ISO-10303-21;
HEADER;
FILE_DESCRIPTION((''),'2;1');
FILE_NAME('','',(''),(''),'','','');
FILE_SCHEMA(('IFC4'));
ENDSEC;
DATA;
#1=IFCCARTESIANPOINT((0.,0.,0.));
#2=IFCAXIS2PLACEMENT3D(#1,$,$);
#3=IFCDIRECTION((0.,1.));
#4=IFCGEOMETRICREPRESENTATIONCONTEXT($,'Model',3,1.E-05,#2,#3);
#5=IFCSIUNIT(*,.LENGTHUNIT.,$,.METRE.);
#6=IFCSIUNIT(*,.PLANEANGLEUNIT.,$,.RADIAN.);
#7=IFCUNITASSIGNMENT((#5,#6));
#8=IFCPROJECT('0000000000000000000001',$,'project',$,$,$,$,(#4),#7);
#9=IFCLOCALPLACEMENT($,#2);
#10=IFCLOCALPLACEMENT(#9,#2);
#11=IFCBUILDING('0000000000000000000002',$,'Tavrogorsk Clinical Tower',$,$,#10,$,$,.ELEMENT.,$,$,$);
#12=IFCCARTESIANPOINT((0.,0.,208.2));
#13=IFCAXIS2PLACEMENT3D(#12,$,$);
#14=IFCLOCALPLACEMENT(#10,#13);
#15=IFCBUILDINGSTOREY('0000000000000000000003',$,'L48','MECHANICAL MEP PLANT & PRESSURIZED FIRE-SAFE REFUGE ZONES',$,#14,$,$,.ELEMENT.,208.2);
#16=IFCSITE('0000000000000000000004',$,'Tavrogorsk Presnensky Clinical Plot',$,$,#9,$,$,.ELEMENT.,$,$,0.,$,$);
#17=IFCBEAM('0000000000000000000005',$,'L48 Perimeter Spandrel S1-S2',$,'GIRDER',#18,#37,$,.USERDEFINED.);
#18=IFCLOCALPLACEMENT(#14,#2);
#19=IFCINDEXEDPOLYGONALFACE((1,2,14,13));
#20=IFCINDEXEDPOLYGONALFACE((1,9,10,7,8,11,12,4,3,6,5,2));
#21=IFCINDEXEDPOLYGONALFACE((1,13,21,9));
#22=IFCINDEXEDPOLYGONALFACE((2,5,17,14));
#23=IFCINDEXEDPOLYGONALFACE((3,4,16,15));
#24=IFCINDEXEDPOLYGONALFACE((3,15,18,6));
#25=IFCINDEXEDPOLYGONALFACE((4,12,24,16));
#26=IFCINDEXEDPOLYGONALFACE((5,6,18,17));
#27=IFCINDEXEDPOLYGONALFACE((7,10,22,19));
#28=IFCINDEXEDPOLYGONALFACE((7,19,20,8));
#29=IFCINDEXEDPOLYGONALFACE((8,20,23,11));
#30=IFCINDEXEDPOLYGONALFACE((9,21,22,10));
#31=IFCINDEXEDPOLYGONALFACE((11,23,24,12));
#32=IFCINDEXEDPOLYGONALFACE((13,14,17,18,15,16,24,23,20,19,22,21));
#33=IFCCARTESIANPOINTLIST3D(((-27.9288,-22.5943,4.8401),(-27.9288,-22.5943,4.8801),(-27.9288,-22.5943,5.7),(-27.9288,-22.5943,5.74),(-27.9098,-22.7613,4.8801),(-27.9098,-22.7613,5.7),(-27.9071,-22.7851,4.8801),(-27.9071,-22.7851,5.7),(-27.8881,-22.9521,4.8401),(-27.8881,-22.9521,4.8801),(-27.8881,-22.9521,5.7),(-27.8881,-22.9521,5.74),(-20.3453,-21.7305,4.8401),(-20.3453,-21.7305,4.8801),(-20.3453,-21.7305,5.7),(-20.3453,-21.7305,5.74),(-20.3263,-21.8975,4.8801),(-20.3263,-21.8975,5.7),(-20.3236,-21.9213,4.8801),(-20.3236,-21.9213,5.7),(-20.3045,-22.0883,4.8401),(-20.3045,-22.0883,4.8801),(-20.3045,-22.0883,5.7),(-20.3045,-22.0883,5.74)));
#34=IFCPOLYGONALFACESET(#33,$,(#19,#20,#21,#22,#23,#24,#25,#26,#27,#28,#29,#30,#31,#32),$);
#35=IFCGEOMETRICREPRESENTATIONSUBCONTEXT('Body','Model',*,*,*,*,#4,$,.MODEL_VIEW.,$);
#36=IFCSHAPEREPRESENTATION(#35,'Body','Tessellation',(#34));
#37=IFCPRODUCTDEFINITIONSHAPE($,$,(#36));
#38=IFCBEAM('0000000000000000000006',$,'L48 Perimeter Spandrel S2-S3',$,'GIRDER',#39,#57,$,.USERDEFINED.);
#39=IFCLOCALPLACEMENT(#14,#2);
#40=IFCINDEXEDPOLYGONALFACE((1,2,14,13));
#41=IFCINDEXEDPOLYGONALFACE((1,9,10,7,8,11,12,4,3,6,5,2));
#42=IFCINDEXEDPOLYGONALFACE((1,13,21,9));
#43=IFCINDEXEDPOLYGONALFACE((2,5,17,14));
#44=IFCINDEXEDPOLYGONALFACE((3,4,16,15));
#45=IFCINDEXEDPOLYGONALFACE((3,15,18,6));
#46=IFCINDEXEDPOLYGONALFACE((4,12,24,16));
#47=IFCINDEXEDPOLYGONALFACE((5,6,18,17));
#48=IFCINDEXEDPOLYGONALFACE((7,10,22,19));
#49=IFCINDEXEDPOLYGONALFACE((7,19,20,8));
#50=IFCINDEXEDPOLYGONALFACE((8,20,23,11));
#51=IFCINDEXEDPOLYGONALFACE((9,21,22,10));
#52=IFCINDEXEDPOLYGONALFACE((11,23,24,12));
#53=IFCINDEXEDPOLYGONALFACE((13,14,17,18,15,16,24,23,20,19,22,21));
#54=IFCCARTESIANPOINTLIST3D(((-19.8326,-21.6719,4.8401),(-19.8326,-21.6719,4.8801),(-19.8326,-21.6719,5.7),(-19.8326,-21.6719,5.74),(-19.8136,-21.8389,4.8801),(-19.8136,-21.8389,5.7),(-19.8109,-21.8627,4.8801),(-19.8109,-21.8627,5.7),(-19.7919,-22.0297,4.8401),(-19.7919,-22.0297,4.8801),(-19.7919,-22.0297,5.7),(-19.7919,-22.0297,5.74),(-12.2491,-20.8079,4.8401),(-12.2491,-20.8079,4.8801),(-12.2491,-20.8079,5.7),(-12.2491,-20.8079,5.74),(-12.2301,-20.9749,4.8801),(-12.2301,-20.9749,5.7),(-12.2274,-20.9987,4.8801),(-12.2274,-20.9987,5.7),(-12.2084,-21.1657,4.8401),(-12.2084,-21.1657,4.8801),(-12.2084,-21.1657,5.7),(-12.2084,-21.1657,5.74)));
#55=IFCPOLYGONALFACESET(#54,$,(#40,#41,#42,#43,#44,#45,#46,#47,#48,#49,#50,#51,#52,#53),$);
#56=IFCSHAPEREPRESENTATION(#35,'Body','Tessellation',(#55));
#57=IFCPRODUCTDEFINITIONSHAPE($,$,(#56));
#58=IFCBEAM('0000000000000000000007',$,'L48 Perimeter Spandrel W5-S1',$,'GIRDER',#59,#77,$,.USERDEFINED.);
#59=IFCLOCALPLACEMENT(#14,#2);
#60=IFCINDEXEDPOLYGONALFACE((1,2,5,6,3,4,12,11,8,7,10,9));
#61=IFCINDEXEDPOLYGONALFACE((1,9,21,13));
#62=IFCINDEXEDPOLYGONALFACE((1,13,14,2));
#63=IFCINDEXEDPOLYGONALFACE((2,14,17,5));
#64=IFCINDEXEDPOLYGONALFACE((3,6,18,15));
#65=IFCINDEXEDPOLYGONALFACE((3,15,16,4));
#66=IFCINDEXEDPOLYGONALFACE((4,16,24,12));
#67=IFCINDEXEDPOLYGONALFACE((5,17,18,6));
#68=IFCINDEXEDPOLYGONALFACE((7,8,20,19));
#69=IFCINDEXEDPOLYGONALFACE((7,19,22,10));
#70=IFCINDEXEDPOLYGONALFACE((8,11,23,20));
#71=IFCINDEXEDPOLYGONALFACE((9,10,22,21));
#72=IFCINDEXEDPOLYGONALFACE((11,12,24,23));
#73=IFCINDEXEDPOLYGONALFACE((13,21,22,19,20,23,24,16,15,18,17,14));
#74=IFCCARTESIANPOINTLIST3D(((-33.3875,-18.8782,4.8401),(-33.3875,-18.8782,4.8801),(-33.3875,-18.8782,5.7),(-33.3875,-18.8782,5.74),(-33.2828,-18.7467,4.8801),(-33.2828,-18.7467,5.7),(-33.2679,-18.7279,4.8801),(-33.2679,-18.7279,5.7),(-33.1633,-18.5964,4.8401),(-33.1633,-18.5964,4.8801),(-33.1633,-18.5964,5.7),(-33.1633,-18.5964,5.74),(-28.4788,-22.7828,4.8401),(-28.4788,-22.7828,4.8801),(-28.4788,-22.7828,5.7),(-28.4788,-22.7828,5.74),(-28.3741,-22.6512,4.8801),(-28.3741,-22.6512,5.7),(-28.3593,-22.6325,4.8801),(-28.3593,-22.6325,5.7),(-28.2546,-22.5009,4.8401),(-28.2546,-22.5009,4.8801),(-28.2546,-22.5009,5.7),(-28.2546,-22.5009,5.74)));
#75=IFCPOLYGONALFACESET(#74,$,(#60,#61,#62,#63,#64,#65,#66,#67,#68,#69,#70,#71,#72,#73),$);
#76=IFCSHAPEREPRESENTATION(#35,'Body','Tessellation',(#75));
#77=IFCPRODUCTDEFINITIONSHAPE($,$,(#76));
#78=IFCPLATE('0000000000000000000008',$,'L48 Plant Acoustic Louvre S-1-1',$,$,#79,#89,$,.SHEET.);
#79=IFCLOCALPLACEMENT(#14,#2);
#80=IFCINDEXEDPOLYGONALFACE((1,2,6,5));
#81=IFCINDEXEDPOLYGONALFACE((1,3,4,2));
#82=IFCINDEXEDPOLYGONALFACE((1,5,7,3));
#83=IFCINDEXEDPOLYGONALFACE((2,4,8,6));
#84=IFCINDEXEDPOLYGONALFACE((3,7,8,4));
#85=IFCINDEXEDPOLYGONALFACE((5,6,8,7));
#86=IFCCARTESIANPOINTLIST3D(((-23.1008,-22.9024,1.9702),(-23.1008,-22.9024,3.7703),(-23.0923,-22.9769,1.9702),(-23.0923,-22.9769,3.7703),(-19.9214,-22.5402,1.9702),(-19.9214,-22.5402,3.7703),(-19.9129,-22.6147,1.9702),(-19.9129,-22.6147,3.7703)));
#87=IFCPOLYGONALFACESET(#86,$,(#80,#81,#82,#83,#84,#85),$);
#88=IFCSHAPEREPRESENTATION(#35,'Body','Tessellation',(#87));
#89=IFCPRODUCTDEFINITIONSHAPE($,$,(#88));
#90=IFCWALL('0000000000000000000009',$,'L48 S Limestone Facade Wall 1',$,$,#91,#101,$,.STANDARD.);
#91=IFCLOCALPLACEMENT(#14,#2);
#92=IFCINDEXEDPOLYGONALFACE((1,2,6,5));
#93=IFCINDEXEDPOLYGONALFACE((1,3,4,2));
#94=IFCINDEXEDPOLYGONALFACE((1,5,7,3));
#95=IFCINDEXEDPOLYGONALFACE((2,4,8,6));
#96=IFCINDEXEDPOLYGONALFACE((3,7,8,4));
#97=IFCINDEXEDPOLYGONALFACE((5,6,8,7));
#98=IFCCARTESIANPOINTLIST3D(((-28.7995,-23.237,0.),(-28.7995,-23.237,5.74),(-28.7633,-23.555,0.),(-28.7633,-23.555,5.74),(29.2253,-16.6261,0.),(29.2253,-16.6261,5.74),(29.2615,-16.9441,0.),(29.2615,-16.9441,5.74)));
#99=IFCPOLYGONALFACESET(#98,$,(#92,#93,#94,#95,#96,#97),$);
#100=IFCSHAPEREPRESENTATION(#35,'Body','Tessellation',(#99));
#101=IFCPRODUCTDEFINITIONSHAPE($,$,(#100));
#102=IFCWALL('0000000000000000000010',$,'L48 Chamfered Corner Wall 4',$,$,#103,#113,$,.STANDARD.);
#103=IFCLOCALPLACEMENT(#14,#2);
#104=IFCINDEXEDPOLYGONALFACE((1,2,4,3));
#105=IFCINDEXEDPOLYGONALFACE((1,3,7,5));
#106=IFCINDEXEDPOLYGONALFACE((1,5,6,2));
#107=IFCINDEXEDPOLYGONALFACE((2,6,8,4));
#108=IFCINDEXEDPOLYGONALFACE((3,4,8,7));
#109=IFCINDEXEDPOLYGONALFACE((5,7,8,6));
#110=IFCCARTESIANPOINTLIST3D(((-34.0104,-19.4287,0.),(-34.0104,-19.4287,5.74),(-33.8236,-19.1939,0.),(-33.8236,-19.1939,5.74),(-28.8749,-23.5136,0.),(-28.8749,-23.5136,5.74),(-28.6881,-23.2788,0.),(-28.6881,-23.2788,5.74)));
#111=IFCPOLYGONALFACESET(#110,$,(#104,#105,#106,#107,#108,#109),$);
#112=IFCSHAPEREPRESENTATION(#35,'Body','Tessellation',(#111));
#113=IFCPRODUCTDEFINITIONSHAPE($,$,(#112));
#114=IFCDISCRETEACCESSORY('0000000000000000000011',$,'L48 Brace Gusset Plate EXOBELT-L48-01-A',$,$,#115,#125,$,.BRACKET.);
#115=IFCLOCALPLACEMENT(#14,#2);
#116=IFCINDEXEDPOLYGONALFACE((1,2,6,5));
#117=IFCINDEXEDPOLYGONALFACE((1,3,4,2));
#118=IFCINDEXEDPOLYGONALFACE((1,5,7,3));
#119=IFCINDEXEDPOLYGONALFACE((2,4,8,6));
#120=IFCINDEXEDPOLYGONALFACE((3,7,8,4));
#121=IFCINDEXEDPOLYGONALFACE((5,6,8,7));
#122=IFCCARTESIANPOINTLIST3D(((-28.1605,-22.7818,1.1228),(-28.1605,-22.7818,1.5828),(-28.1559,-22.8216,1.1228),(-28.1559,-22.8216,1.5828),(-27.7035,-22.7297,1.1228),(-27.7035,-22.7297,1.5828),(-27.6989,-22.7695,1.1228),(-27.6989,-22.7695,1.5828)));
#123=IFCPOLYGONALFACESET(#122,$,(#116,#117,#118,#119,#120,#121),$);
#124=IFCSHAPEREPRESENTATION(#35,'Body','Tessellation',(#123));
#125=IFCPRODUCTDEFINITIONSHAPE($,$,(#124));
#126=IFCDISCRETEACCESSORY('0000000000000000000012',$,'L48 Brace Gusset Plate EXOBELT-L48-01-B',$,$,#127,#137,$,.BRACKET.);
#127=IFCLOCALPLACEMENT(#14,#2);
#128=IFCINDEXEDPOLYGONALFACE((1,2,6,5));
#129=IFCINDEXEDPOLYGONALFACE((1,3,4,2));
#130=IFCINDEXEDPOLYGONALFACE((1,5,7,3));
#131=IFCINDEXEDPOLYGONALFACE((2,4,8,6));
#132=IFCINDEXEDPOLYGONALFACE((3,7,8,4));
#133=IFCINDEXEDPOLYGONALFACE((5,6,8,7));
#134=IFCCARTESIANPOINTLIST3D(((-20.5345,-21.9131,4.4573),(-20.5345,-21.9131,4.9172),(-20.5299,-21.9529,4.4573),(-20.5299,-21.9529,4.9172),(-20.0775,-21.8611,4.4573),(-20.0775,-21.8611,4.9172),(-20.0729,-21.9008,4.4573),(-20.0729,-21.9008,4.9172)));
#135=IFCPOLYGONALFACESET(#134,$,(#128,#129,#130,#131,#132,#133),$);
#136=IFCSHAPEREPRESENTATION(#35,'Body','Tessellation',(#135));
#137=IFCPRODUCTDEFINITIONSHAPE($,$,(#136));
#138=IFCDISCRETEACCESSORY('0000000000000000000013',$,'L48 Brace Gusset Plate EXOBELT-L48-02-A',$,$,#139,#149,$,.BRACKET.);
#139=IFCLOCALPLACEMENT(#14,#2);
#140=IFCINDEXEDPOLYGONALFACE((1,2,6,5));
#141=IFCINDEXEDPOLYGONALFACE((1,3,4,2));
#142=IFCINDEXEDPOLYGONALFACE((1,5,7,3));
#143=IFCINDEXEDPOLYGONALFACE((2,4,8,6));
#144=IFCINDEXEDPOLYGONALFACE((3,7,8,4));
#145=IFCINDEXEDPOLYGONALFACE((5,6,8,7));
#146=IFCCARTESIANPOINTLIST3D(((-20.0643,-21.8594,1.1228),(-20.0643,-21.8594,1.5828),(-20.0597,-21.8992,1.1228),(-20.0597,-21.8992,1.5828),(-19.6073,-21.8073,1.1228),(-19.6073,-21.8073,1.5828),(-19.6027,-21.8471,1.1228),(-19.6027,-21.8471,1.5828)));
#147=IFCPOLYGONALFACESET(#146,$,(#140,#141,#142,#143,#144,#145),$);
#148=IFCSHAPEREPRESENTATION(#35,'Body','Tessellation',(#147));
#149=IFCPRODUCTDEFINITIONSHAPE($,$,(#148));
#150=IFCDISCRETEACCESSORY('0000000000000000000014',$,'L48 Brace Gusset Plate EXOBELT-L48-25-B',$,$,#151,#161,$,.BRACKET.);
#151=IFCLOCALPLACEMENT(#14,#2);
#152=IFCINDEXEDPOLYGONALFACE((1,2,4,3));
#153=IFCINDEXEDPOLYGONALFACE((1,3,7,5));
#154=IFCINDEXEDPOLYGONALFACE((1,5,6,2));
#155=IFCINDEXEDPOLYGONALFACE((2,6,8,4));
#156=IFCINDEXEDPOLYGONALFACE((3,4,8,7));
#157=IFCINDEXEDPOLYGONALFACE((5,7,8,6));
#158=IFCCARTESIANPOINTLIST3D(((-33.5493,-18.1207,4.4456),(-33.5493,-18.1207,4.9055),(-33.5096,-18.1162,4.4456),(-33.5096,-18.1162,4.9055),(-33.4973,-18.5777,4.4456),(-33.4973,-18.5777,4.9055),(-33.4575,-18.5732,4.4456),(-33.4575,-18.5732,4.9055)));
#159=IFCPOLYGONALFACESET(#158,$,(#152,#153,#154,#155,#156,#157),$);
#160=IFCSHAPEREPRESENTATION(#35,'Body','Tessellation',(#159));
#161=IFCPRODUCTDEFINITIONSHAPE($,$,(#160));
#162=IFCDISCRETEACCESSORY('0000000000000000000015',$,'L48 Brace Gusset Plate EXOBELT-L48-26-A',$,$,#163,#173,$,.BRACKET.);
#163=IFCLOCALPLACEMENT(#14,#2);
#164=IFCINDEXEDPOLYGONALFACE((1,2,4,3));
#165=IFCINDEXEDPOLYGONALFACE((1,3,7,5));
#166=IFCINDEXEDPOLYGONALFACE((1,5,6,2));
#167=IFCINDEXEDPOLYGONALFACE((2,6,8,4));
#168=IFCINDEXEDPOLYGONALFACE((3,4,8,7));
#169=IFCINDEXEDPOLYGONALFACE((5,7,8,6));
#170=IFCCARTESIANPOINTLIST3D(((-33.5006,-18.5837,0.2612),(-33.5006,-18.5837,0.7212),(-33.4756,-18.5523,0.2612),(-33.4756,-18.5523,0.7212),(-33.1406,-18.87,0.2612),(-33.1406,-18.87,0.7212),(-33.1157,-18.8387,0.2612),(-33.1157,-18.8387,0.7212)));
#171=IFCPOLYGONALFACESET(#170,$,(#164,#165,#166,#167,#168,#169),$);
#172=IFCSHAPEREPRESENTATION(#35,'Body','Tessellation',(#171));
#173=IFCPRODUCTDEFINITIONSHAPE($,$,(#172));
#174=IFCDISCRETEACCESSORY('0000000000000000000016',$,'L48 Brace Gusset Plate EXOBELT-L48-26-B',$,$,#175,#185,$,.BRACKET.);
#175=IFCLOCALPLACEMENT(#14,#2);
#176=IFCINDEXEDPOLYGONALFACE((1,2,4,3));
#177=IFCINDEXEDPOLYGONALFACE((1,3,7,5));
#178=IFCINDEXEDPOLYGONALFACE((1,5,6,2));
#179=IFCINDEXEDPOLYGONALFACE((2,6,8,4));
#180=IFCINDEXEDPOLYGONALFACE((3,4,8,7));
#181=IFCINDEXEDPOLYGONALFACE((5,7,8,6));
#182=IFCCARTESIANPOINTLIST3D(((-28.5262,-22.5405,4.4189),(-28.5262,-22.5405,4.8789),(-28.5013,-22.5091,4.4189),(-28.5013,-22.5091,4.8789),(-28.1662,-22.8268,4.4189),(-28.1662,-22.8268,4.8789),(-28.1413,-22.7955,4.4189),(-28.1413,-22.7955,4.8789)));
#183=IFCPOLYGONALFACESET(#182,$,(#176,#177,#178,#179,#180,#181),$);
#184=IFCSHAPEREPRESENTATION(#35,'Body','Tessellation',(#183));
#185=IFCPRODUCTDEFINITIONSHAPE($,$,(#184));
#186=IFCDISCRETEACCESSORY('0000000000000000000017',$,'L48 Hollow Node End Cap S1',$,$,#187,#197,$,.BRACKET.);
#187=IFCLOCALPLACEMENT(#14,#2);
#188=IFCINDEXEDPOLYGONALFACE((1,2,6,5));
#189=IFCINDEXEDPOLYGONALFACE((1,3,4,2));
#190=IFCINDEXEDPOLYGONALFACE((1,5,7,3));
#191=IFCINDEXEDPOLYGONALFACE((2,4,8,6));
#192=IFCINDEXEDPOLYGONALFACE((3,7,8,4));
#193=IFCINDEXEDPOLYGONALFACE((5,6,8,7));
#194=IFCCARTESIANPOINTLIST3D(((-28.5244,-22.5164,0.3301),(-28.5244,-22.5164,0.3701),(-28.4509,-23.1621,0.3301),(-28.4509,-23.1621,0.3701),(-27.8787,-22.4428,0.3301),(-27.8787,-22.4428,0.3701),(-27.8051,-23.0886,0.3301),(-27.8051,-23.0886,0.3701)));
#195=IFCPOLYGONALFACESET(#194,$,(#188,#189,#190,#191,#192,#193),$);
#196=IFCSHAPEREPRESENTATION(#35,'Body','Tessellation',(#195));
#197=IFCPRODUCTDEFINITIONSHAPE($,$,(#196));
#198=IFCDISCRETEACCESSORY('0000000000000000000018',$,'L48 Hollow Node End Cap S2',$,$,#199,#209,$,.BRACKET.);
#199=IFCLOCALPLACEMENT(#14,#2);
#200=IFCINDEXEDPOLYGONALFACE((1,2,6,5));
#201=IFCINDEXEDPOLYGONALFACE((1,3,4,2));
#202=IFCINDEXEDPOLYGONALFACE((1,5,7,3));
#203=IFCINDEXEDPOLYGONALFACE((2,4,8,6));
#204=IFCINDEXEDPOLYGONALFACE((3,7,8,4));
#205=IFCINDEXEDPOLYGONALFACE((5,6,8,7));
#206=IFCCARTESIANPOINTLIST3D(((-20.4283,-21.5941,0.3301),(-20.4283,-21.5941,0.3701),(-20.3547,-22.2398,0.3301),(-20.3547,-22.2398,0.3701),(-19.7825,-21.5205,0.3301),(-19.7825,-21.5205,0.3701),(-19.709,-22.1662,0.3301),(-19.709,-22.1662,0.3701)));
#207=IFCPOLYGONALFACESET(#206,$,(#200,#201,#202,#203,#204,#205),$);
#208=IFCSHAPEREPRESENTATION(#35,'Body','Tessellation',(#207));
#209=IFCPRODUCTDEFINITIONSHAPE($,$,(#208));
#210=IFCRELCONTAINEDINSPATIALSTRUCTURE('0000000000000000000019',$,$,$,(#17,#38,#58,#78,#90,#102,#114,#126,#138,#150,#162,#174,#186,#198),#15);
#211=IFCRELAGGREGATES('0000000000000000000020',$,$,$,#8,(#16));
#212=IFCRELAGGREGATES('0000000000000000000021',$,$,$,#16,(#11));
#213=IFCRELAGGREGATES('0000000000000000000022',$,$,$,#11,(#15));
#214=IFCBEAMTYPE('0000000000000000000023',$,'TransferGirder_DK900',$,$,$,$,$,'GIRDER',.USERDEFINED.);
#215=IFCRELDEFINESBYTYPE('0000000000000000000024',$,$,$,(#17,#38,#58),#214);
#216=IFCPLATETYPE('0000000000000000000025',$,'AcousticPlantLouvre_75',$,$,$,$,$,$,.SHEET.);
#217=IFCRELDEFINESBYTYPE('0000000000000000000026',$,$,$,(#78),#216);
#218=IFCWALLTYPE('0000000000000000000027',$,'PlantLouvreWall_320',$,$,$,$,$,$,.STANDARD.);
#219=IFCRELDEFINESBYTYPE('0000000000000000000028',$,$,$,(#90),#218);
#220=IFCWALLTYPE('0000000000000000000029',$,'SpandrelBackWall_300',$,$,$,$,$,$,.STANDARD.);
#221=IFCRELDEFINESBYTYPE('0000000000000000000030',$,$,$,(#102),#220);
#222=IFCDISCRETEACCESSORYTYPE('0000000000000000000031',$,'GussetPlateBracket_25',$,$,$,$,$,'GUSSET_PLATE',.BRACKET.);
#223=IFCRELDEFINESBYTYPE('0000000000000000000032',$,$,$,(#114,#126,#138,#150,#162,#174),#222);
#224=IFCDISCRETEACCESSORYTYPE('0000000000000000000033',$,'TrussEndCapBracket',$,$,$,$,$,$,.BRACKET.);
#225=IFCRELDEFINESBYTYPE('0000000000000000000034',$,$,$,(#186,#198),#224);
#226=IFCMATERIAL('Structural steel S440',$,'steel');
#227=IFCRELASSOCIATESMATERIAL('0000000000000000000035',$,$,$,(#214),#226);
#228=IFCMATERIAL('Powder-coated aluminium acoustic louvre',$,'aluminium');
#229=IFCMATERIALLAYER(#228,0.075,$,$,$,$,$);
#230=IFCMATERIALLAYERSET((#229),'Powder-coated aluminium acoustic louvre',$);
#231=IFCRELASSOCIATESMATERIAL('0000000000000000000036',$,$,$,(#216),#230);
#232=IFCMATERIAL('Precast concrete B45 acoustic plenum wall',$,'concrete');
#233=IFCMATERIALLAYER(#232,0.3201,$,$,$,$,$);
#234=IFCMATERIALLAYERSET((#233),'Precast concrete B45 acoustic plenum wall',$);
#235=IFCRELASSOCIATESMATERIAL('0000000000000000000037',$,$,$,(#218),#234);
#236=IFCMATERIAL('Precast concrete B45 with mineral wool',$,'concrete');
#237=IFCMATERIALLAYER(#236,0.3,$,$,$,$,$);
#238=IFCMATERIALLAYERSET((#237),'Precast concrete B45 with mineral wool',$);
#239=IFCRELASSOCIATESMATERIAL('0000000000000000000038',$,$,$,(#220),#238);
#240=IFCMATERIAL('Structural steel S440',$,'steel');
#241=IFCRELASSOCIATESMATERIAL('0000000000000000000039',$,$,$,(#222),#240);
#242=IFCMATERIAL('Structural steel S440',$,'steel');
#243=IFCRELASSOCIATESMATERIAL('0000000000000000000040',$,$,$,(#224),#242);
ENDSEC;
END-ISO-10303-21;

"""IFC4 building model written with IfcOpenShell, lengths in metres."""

from ifc_helpers import new_model, si_unit, direction, frame, frame_2d, origin, origin_2d, place, context, subcontext, project, spatial, rectangle, i_section, extrude, material, layer, layer_set, material_profile, profile_set, type_object, element, save


model = new_model("IFC4")

# Units and contexts
model_context = context("Model", 3, precision=1e-05, world=origin(), true_north=direction((0.0, 1.0)))
body_context = subcontext(model_context, "Body", "Model", "MODEL_VIEW")
ifc_project = project(units=[si_unit("LENGTHUNIT", "METRE"), si_unit("PLANEANGLEUNIT", "RADIAN")], contexts=[model_context])

# Site, building, storey
site_placement = place(None, origin())
site = spatial("IfcSite", under=ifc_project, at=site_placement, Name="Tavrogorsk Presnensky Clinical Plot", CompositionType="ELEMENT", RefElevation=0.0)
building_placement = place(site_placement, origin())
building = spatial("IfcBuilding", under=site, at=building_placement, Name="Tavrogorsk Clinical Tower", CompositionType="ELEMENT")
storey_placement = place(building_placement, frame((0.0, 0.0, 208.2)))
storey = spatial("IfcBuildingStorey", under=building, at=storey_placement, Name="L48", Description="MECHANICAL MEP PLANT & PRESSURIZED FIRE-SAFE REFUGE ZONES", CompositionType="ELEMENT", Elevation=208.2)

# Beams
ifc_material_1 = material(Name="Structural steel S440", Category="steel")
ifc_material_profile_1 = material_profile(ifc_material_1, i_section(OverallWidth=0.3601, OverallDepth=0.8999, WebThickness=0.0239, FlangeThickness=0.04, at=origin_2d()), Name="DK-900x360x24x40")
ifc_profile_set_1 = profile_set([ifc_material_profile_1], Name="Structural steel S440")
beam_type_1 = type_object("IfcBeamType", Name="TransferGirder_DK900", ElementType="GIRDER", PredefinedType="USERDEFINED", material=ifc_profile_set_1)
for number, where, z_axis, x_axis, name in (
    (1, (-27.9084, -22.7732, 5.29), (0.993576, 0.113169, 0.0), (-0.113169, 0.993576, 0.0), "L48 Perimeter Spandrel S1-S2"),
    (2, (-19.8123, -21.8508, 5.29), (0.993572, 0.113201, 0.0), (-0.113201, 0.993572, 0.0), "L48 Perimeter Spandrel S2-S3"),
):
    element("IfcBeam", number, at=place(storey_placement, frame(where, z_axis=z_axis, x_axis=x_axis)), inside=storey, type_object=beam_type_1, Name=name, ObjectType="GIRDER", PredefinedType="USERDEFINED", context=body_context, shape_type="SweptSolid", body=[
        extrude(i_section(OverallWidth=0.3601, OverallDepth=0.8999, WebThickness=0.0239, FlangeThickness=0.04, at=origin_2d()), origin(), (0.0, 0.0, 1.0), 7.6326),
    ])
beam_1_placement = place(storey_placement, frame((-33.2754, -18.7373, 5.29), z_axis=(0.782609, -0.622514, 0.0), x_axis=(0.622514, 0.782609, 0.0)))
element("IfcBeam", 3, at=beam_1_placement, inside=storey, type_object=beam_type_1, Name="L48 Perimeter Spandrel W5-S1", ObjectType="GIRDER", PredefinedType="USERDEFINED", context=body_context, shape_type="SweptSolid", body=[
    extrude(i_section(OverallWidth=0.3601, OverallDepth=0.8999, WebThickness=0.0239, FlangeThickness=0.04, at=origin_2d()), origin(), (0.0, 0.0, 1.0), 6.2722),
])

# Plate
ifc_material_2 = material(Name="Powder-coated aluminium acoustic louvre", Category="aluminium")
ifc_layer_1 = layer(ifc_material_2, 0.075)
ifc_layer_set_1 = layer_set([ifc_layer_1], Name="Powder-coated aluminium acoustic louvre")
plate_type = type_object("IfcPlateType", Name="AcousticPlantLouvre_75", PredefinedType="SHEET", material=ifc_layer_set_1)
plate_placement = place(storey_placement, frame((-21.5068, -22.7585, 1.9702), z_axis=(0.0, 0.0, 1.0), x_axis=(0.993572, 0.113202, 0.0)))
element("IfcPlate", 4, at=plate_placement, inside=storey, type_object=plate_type, Name="L48 Plant Acoustic Louvre S-1-1", PredefinedType="SHEET", context=body_context, shape_type="SweptSolid", body=[
    extrude(rectangle(XDim=3.2, YDim=0.075, at=origin_2d()), origin(), (0.0, 0.0, 1.0), 1.8),
])

# Walls
ifc_material_3 = material(Name="Precast concrete B45 acoustic plenum wall", Category="concrete")
ifc_layer_2 = layer(ifc_material_3, 0.3201)
ifc_layer_set_2 = layer_set([ifc_layer_2], Name="Precast concrete B45 acoustic plenum wall")
wall_type_1 = type_object("IfcWallType", Name="PlantLouvreWall_320", PredefinedType="STANDARD", material=ifc_layer_set_2)
wall_1_placement = place(storey_placement, frame((-28.7815, -23.396, 0.0), z_axis=(0.0, 0.0, 1.0), x_axis=(0.993572, 0.113199, 0.0)))
element("IfcWall", 5, at=wall_1_placement, inside=storey, type_object=wall_type_1, Name="L48 S Limestone Facade Wall 1", PredefinedType="STANDARD", context=body_context, shape_type="SweptSolid", body=[
    extrude(rectangle(XDim=58.4001, YDim=0.3201, at=frame_2d((29.2002, 0.0))), origin(), (0.0, 0.0, 1.0), 5.74),
])
ifc_material_4 = material(Name="Precast concrete B45 with mineral wool", Category="concrete")
ifc_layer_3 = layer(ifc_material_4, 0.3)
ifc_layer_set_3 = layer_set([ifc_layer_3], Name="Precast concrete B45 with mineral wool")
wall_type_2 = type_object("IfcWallType", Name="SpandrelBackWall_300", PredefinedType="STANDARD", material=ifc_layer_set_3)
wall_2_placement = place(storey_placement, frame((-33.917, -19.3113, 0.0), z_axis=(0.0, 0.0, 1.0), x_axis=(0.782608, -0.622515, 0.0)))
element("IfcWall", 6, at=wall_2_placement, inside=storey, type_object=wall_type_2, Name="L48 Chamfered Corner Wall 4", PredefinedType="STANDARD", context=body_context, shape_type="SweptSolid", body=[
    extrude(rectangle(XDim=6.562, YDim=0.3, at=frame_2d((3.281, 0.0))), origin(), (0.0, 0.0, 1.0), 5.74),
])

# Discrete accessories
ifc_material_5 = material(Name="Structural steel S440", Category="steel")
discrete_accessory_type_1 = type_object("IfcDiscreteAccessoryType", Name="GussetPlateBracket_25", ElementType="GUSSET_PLATE", PredefinedType="BRACKET", material=ifc_material_5)
for number, where, z_axis, x_axis, name in (
    (7, (-27.9297, -22.7756, 1.1228), (0.0, 0.0, 1.0), (0.993572, 0.113203, 0.0), "L48 Brace Gusset Plate EXOBELT-L48-01-A"),
    (8, (-20.3037, -21.907, 4.4573), (0.0, 0.0, 1.0), (0.993572, 0.113203, 0.0), "L48 Brace Gusset Plate EXOBELT-L48-01-B"),
    (9, (-19.8335, -21.8533, 1.1228), (0.0, 0.0, 1.0), (0.993572, 0.113203, 0.0), "L48 Brace Gusset Plate EXOBELT-L48-02-A"),
    (10, (-33.5034, -18.3469, 4.4456), (0.0, 0.0, 1.0), (0.113203, -0.993572, 0.0), "L48 Brace Gusset Plate EXOBELT-L48-25-B"),
    (11, (-33.3081, -18.7112, 0.2612), (0.0, 0.0, 1.0), (0.782608, -0.622515, 0.0), "L48 Brace Gusset Plate EXOBELT-L48-26-A"),
    (12, (-28.3337, -22.668, 4.4189), (0.0, 0.0, 1.0), (0.782608, -0.622515, 0.0), "L48 Brace Gusset Plate EXOBELT-L48-26-B"),
):
    element("IfcDiscreteAccessory", number, at=place(storey_placement, frame(where, z_axis=z_axis, x_axis=x_axis)), inside=storey, type_object=discrete_accessory_type_1, Name=name, PredefinedType="BRACKET", context=body_context, shape_type="SweptSolid", body=[
        extrude(rectangle(XDim=0.46, YDim=0.04, at=origin_2d()), origin(), (0.0, 0.0, 1.0), 0.46),
    ])
ifc_material_6 = material(Name="Structural steel S440", Category="steel")
discrete_accessory_type_2 = type_object("IfcDiscreteAccessoryType", Name="TrussEndCapBracket", PredefinedType="BRACKET", material=ifc_material_6)
for number, where, z_axis, x_axis, name in (
    (13, (-28.1648, -22.8025, 0.3301), (0.0, 0.0, 1.0), (0.993572, 0.113203, 0.0), "L48 Hollow Node End Cap S1"),
    (14, (-20.0686, -21.8801, 0.3301), (0.0, 0.0, 1.0), (0.993572, 0.113203, 0.0), "L48 Hollow Node End Cap S2"),
):
    element("IfcDiscreteAccessory", number, at=place(storey_placement, frame(where, z_axis=z_axis, x_axis=x_axis)), inside=storey, type_object=discrete_accessory_type_2, Name=name, PredefinedType="BRACKET", context=body_context, shape_type="SweptSolid", body=[
        extrude(rectangle(XDim=0.6499, YDim=0.6499, at=origin_2d()), origin(), (0.0, 0.0, 1.0), 0.04),
    ])

save(model, "model.ifc")
